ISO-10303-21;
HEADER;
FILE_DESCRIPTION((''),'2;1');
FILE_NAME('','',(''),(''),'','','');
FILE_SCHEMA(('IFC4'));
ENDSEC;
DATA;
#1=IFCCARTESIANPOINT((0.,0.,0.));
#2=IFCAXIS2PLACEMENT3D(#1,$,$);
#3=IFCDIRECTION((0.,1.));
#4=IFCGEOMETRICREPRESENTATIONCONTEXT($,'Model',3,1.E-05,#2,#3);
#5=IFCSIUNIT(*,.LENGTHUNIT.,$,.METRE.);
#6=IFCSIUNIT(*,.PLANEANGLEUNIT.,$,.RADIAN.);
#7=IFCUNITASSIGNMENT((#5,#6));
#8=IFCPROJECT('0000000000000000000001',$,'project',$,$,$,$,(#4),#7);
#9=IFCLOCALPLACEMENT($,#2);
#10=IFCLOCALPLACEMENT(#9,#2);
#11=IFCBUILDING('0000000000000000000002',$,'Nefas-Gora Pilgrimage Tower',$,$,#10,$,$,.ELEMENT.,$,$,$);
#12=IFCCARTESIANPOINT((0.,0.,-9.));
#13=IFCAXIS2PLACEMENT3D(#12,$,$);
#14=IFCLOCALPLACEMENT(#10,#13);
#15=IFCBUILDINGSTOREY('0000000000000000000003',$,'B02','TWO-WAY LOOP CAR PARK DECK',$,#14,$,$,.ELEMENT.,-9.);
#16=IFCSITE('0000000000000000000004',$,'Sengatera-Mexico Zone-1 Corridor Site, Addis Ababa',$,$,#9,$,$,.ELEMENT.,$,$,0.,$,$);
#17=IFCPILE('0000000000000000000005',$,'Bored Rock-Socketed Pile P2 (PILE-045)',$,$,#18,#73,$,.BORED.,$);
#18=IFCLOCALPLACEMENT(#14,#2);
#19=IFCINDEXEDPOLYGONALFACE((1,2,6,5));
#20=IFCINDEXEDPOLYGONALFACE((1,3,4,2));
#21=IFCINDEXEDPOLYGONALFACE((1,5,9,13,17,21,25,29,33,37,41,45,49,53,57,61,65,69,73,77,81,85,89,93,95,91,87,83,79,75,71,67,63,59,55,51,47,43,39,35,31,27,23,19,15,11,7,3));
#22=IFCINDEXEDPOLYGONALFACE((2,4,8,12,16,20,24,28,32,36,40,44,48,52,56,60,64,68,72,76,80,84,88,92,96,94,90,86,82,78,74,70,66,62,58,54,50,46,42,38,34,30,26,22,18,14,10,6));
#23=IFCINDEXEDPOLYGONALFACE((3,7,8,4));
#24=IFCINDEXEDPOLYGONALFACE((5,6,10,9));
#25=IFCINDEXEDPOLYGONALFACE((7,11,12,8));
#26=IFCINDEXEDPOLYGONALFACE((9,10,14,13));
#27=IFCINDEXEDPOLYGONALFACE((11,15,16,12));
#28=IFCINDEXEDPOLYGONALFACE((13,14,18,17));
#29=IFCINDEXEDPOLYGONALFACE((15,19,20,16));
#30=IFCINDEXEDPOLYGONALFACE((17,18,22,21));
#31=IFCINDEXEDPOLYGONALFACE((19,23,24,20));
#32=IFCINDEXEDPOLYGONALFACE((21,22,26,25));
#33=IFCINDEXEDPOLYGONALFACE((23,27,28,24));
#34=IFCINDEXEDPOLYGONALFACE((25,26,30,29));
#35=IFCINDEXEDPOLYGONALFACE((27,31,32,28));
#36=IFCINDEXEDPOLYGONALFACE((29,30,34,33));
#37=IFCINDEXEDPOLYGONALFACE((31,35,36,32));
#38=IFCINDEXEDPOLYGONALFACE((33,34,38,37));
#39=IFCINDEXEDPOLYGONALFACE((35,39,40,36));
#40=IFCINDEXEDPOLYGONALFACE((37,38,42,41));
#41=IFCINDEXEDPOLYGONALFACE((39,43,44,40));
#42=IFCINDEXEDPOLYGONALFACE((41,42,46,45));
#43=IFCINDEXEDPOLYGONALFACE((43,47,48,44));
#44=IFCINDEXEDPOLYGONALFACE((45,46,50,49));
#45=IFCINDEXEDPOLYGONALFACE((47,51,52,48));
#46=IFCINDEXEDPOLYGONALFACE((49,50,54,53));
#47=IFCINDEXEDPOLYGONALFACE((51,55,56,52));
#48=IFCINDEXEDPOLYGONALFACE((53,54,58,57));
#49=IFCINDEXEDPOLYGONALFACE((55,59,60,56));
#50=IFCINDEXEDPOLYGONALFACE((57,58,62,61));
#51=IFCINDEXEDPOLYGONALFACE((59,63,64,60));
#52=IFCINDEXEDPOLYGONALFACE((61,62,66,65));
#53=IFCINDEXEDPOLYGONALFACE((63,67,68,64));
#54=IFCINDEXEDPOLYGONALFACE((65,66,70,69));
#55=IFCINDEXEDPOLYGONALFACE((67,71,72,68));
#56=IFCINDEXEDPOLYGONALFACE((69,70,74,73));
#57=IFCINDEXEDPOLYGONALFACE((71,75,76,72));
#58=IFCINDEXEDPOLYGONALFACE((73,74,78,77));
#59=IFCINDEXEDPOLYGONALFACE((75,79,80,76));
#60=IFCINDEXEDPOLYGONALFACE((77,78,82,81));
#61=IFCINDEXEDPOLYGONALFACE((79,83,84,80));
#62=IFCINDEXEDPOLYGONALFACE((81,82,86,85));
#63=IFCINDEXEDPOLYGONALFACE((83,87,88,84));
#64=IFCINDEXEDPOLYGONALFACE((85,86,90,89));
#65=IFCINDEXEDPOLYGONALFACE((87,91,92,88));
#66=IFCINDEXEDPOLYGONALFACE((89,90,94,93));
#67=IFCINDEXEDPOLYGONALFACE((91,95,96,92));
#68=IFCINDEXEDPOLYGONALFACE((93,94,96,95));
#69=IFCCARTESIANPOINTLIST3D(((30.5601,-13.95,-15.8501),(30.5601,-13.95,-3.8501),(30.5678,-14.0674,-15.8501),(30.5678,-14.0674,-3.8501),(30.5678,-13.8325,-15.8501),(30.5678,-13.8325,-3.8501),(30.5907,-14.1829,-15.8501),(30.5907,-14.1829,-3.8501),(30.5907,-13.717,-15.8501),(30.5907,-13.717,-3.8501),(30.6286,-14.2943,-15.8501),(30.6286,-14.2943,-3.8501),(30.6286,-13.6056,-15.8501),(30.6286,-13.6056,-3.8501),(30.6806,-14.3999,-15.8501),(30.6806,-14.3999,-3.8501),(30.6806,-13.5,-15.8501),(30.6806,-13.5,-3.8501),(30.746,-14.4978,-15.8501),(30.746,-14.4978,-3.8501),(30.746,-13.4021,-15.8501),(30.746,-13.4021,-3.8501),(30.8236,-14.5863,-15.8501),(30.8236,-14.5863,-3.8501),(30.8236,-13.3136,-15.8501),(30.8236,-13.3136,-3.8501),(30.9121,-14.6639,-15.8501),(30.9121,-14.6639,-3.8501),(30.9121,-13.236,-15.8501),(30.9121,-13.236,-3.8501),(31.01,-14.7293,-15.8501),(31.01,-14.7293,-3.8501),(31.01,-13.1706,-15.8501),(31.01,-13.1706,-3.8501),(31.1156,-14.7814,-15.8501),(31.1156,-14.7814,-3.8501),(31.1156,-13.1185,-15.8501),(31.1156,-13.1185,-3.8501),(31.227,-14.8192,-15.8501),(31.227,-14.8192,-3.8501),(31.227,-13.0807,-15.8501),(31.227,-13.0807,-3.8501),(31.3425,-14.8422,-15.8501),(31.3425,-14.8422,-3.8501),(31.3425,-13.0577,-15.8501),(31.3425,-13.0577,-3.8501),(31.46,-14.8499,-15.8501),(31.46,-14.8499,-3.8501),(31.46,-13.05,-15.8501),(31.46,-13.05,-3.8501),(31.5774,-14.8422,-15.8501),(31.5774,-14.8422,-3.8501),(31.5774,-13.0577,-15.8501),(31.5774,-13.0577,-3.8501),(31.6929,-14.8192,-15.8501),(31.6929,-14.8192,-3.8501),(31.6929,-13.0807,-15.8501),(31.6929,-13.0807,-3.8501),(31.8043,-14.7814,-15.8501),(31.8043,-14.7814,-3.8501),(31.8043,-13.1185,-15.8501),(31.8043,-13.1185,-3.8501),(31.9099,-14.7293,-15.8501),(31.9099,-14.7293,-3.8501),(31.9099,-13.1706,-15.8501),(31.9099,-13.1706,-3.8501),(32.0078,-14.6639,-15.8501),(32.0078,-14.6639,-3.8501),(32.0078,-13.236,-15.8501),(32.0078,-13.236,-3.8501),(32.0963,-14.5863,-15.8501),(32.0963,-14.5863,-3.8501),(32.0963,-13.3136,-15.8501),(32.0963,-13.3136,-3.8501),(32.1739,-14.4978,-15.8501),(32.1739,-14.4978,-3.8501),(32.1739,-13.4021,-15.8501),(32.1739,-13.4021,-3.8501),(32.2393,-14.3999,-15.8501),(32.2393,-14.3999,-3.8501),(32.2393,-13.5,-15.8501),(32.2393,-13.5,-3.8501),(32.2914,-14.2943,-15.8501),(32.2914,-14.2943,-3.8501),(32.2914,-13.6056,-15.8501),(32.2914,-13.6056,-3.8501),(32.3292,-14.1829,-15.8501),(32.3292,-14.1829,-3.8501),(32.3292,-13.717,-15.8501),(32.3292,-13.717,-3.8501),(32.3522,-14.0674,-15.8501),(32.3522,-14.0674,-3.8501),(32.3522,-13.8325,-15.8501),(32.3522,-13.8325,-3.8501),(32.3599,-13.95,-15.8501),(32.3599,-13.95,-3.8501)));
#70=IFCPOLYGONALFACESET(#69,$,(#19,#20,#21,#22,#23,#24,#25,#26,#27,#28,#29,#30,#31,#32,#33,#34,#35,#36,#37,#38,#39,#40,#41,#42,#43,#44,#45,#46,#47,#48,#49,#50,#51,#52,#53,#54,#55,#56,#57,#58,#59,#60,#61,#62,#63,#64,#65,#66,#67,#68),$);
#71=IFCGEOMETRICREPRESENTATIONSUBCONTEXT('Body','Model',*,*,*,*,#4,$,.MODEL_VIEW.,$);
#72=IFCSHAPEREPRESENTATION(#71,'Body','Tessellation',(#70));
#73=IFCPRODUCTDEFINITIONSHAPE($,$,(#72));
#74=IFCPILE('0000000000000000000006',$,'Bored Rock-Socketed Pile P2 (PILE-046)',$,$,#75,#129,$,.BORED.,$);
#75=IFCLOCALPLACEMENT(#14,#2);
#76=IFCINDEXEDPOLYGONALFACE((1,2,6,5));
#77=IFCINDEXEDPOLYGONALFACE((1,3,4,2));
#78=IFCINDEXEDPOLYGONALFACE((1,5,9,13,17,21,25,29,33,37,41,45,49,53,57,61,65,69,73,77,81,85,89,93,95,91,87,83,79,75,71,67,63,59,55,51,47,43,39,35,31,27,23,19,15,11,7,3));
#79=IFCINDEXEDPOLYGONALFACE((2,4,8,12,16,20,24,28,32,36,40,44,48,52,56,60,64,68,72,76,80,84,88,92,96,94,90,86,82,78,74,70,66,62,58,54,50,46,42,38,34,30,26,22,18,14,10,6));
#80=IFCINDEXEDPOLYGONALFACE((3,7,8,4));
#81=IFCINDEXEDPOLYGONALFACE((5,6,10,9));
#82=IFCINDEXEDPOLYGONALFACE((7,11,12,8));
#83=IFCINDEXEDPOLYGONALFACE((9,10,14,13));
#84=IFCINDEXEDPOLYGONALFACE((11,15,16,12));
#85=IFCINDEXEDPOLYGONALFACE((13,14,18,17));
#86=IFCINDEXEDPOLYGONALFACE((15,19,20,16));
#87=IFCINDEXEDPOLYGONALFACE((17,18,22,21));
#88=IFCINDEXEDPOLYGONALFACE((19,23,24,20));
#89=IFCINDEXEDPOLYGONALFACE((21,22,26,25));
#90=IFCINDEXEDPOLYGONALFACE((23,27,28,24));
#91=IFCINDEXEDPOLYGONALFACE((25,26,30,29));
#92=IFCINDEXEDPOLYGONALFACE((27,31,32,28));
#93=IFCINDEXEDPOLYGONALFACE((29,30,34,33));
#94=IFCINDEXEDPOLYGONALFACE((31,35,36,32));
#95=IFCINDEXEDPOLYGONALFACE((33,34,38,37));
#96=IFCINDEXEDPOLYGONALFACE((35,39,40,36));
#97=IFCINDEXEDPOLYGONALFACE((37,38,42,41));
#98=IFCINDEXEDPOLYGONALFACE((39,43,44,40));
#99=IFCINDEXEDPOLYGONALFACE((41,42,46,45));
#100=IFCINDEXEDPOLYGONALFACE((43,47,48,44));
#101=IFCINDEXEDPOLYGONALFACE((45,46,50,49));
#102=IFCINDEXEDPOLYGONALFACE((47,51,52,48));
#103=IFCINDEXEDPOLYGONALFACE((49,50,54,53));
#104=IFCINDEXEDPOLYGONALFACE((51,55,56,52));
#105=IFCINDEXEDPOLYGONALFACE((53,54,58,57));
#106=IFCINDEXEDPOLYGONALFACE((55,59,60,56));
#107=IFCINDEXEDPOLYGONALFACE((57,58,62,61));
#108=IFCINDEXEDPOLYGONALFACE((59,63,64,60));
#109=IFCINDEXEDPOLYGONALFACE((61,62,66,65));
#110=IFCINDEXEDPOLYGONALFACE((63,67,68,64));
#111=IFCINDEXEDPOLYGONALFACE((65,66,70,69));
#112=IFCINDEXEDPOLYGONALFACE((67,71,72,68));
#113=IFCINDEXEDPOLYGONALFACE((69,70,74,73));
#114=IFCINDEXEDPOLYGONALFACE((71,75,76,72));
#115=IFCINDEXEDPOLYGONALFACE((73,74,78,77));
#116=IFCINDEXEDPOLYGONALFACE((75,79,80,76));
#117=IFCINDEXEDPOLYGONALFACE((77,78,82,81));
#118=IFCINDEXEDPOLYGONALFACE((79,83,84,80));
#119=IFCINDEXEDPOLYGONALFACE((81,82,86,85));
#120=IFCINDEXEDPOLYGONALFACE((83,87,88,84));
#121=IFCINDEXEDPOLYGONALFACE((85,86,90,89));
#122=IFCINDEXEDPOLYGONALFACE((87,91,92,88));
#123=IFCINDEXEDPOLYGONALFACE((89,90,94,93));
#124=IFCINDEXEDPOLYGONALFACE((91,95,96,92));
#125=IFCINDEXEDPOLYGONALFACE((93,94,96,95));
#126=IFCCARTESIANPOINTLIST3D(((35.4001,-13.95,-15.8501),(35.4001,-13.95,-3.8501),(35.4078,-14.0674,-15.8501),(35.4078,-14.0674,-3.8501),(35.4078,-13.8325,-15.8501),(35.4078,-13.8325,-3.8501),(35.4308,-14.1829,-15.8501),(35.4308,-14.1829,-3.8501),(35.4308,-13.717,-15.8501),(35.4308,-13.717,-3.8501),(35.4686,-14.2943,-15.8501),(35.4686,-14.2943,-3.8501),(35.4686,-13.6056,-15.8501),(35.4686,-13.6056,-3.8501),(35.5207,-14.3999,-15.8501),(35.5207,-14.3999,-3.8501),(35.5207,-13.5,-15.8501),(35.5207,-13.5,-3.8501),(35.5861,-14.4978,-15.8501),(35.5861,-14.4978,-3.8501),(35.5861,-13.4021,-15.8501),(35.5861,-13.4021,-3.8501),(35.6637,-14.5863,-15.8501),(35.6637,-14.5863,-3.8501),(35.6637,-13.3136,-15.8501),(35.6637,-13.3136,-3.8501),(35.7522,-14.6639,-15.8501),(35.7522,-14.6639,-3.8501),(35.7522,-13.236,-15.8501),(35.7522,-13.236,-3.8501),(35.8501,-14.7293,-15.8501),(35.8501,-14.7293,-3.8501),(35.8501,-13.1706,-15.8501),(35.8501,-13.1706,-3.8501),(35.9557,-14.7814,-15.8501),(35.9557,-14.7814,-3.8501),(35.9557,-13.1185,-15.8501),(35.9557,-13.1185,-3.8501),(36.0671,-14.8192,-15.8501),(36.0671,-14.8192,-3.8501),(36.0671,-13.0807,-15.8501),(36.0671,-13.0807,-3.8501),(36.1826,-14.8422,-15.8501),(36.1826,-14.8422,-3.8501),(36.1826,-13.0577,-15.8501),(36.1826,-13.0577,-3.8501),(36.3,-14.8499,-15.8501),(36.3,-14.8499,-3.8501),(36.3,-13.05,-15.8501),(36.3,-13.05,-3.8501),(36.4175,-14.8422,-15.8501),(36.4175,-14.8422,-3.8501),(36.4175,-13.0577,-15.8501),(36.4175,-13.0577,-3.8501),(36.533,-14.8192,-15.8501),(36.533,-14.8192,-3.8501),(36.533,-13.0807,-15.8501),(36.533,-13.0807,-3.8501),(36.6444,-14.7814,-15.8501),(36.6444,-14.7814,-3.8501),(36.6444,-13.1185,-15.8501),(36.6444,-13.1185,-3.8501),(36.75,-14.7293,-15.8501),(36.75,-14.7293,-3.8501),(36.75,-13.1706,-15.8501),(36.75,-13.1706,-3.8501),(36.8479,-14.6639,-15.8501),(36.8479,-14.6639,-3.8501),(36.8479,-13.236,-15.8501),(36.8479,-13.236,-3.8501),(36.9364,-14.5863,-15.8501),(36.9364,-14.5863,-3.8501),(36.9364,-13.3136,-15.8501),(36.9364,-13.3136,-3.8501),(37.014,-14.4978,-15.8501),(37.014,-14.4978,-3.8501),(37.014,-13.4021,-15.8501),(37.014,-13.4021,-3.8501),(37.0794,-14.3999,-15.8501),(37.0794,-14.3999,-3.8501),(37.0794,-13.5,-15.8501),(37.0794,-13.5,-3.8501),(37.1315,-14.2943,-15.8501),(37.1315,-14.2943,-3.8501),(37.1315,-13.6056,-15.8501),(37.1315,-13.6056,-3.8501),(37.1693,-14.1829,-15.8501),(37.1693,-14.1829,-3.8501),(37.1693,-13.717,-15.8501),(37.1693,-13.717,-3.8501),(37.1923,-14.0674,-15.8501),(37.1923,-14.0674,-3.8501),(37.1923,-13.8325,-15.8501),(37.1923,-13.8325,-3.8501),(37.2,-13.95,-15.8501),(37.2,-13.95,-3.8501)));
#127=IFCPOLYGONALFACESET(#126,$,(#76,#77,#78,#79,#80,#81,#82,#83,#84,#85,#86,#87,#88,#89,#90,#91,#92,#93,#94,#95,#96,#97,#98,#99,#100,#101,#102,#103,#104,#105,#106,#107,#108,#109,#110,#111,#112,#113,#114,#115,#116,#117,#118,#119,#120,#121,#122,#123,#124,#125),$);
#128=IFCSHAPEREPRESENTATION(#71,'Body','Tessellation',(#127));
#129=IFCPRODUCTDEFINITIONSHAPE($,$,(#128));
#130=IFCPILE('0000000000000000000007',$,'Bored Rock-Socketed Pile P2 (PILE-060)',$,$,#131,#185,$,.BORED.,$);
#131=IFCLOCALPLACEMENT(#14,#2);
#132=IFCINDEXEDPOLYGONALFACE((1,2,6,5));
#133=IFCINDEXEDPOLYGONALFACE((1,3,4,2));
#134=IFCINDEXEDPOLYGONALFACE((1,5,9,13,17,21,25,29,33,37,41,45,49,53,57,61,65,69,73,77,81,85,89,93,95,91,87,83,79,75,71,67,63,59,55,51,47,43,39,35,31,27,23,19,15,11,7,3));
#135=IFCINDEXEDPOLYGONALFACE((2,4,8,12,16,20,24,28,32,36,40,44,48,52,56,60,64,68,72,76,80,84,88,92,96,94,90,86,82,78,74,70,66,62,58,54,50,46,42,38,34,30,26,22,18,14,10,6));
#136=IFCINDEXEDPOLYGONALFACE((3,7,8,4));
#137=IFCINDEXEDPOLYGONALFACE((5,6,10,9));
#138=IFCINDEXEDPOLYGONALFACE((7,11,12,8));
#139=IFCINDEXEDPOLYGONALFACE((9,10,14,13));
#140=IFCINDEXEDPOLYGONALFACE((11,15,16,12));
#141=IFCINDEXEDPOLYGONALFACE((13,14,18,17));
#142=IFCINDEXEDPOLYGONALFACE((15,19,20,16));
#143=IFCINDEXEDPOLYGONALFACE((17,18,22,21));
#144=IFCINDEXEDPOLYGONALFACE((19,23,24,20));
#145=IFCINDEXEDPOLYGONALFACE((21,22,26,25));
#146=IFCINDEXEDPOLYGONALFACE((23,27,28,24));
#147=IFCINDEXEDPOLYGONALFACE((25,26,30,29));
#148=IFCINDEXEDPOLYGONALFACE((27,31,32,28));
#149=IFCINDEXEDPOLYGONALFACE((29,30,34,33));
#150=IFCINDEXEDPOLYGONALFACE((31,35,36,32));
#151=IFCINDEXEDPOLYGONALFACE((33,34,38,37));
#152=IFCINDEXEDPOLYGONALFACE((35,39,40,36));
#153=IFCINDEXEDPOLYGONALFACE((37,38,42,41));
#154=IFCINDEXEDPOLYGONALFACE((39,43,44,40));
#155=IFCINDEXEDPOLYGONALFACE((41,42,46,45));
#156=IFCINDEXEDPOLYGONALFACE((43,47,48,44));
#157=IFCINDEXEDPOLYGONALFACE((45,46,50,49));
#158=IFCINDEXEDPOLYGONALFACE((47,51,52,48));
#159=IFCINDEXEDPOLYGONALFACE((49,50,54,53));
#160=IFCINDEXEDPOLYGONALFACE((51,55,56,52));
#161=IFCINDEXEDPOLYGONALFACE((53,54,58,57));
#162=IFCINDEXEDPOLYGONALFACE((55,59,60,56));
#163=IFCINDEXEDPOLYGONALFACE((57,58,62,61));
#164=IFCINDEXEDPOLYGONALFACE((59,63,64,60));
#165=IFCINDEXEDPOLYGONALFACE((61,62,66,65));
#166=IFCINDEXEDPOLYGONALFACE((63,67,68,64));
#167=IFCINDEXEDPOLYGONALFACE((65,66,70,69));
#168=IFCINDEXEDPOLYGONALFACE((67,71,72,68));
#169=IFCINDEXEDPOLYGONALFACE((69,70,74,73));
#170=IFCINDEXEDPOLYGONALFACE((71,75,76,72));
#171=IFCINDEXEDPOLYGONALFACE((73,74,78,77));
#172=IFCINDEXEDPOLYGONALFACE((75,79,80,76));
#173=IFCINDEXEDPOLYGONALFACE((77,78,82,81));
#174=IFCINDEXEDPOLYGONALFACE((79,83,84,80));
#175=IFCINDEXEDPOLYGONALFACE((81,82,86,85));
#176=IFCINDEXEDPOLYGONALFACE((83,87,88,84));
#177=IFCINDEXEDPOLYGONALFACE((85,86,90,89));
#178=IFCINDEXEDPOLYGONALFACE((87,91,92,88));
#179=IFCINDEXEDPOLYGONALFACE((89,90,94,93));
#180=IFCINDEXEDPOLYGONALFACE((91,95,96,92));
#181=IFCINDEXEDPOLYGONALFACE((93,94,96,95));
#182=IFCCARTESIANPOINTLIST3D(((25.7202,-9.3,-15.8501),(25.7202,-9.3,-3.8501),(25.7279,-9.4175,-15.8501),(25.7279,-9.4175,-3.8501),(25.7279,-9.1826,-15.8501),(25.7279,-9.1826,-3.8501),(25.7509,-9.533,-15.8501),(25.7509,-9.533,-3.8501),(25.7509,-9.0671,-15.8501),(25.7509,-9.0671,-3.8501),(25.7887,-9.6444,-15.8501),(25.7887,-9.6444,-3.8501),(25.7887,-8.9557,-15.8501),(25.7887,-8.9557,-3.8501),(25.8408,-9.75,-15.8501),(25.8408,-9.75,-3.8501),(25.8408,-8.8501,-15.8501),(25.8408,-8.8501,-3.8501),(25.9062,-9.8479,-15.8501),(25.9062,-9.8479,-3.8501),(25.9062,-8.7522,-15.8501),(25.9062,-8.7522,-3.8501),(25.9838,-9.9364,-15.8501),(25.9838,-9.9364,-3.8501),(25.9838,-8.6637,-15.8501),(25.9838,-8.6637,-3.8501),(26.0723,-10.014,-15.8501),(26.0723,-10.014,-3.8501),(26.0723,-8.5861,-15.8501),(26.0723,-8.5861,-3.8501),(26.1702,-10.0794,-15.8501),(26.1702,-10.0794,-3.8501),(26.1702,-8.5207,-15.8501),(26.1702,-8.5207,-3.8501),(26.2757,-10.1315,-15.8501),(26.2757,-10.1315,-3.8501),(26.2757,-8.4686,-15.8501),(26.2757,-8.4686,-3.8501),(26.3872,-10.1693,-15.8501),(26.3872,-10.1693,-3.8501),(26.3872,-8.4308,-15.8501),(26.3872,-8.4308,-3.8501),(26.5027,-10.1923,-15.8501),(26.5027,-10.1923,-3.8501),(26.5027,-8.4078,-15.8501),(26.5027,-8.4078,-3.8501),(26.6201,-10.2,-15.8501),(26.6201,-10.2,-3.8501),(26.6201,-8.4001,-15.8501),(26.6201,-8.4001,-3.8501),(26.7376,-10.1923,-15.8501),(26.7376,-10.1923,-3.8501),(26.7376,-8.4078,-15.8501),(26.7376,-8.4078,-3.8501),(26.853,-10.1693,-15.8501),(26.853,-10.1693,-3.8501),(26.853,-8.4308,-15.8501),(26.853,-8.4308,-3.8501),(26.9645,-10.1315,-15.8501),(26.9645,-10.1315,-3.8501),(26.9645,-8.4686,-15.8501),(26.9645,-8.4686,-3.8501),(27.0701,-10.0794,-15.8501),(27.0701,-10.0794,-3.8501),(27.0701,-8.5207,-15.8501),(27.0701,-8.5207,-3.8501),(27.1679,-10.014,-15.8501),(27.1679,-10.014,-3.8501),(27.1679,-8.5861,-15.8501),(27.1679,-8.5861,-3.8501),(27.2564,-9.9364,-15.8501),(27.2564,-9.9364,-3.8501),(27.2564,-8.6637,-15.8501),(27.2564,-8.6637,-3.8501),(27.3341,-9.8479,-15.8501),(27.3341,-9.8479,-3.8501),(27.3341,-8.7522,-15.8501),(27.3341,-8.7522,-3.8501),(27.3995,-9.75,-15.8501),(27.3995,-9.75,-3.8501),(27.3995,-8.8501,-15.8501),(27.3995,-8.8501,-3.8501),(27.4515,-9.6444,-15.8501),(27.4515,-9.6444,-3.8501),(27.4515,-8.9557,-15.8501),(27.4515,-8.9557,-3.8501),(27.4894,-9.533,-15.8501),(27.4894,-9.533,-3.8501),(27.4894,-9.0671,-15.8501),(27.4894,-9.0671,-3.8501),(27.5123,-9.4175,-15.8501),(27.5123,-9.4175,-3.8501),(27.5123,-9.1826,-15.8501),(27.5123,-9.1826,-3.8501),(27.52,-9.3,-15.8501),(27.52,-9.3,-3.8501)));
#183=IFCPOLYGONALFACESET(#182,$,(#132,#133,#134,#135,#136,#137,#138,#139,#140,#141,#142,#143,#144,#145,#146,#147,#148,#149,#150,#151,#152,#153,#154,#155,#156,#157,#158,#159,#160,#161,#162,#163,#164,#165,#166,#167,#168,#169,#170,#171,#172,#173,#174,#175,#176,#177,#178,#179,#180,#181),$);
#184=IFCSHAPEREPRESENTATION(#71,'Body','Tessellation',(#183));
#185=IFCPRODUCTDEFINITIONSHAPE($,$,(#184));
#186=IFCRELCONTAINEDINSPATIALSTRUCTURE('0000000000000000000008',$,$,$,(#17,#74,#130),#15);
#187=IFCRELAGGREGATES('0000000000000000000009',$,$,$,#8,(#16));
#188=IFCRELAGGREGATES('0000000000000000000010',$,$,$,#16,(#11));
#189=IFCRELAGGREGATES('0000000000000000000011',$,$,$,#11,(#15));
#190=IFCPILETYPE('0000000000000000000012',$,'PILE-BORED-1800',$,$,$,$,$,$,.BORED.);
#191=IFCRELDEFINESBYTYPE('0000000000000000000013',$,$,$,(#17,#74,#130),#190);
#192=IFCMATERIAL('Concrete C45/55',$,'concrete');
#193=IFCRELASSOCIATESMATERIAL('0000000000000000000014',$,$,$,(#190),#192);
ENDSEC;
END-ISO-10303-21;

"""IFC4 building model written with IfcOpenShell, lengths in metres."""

from ifc_helpers import new_model, si_unit, direction, frame, origin, origin_2d, place, context, subcontext, project, spatial, circle, extrude, source, transform, mapped, material, material_profile, profile_set, type_object, element, save


model = new_model("IFC4")

# Units and contexts
model_context = context("Model", 3, precision=1e-05, world=origin(), true_north=direction((0.0, 1.0)))
body_context = subcontext(model_context, "Body", "Model", "MODEL_VIEW")
ifc_project = project(units=[si_unit("LENGTHUNIT", "METRE"), si_unit("PLANEANGLEUNIT", "RADIAN")], contexts=[model_context])

# Site, building, storey
site_placement = place(None, origin())
site = spatial("IfcSite", under=ifc_project, at=site_placement, Name="Sengatera-Mexico Zone-1 Corridor Site, Addis Ababa", CompositionType="ELEMENT", RefElevation=0.0)
building_placement = place(site_placement, origin())
building = spatial("IfcBuilding", under=site, at=building_placement, Name="Nefas-Gora Pilgrimage Tower", CompositionType="ELEMENT")
storey_placement = place(building_placement, frame((0.0, 0.0, -9.0)))
storey = spatial("IfcBuildingStorey", under=building, at=storey_placement, Name="B02", Description="TWO-WAY LOOP CAR PARK DECK", CompositionType="ELEMENT", Elevation=-9.0)

# Piles
ifc_material_1 = material(Name="Concrete C45/55", Category="concrete")
ifc_material_profile_1 = material_profile(ifc_material_1, circle(Radius=0.8999, at=origin_2d()), Name="PILE D1800")
ifc_profile_set_1 = profile_set([ifc_material_profile_1], Name="Concrete C45/55")
pile_type_1 = type_object("IfcPileType", Name="PILE-BORED-1800", PredefinedType="BORED", material=ifc_profile_set_1)
shared_shape_1 = source(origin(), body_context, "Body", "SweptSolid", [
    extrude(circle(Radius=0.8999, at=origin_2d()), origin(), (0.0, 0.0, 1.0), 12.0),
])
for number, where, z_axis, x_axis, name in (
    (1, (31.46, -13.95, -3.8501), (0.0, 0.0, -1.0), (1.0, 0.0, 0.0), "Bored Rock-Socketed Pile P2 (PILE-045)"),
    (2, (36.3, -13.95, -3.8501), (0.0, 0.0, -1.0), (1.0, 0.0, 0.0), "Bored Rock-Socketed Pile P2 (PILE-046)"),
    (3, (26.6201, -9.3, -3.8501), (0.0, 0.0, -1.0), (1.0, 0.0, 0.0), "Bored Rock-Socketed Pile P2 (PILE-060)"),
):
    element("IfcPile", number, at=place(storey_placement, frame(where, z_axis=z_axis, x_axis=x_axis)), inside=storey, type_object=pile_type_1, Name=name, PredefinedType="BORED", context=body_context, shape_type="MappedRepresentation", body=[
        mapped(shared_shape_1, transform((0.0, 0.0, 0.0), x_axis=(1.0, 0.0, 0.0), y_axis=(0.0, 1.0, 0.0), z_axis=(0.0, 0.0, 1.0), scale=1.0)),
    ])

save(model, "model.ifc")
